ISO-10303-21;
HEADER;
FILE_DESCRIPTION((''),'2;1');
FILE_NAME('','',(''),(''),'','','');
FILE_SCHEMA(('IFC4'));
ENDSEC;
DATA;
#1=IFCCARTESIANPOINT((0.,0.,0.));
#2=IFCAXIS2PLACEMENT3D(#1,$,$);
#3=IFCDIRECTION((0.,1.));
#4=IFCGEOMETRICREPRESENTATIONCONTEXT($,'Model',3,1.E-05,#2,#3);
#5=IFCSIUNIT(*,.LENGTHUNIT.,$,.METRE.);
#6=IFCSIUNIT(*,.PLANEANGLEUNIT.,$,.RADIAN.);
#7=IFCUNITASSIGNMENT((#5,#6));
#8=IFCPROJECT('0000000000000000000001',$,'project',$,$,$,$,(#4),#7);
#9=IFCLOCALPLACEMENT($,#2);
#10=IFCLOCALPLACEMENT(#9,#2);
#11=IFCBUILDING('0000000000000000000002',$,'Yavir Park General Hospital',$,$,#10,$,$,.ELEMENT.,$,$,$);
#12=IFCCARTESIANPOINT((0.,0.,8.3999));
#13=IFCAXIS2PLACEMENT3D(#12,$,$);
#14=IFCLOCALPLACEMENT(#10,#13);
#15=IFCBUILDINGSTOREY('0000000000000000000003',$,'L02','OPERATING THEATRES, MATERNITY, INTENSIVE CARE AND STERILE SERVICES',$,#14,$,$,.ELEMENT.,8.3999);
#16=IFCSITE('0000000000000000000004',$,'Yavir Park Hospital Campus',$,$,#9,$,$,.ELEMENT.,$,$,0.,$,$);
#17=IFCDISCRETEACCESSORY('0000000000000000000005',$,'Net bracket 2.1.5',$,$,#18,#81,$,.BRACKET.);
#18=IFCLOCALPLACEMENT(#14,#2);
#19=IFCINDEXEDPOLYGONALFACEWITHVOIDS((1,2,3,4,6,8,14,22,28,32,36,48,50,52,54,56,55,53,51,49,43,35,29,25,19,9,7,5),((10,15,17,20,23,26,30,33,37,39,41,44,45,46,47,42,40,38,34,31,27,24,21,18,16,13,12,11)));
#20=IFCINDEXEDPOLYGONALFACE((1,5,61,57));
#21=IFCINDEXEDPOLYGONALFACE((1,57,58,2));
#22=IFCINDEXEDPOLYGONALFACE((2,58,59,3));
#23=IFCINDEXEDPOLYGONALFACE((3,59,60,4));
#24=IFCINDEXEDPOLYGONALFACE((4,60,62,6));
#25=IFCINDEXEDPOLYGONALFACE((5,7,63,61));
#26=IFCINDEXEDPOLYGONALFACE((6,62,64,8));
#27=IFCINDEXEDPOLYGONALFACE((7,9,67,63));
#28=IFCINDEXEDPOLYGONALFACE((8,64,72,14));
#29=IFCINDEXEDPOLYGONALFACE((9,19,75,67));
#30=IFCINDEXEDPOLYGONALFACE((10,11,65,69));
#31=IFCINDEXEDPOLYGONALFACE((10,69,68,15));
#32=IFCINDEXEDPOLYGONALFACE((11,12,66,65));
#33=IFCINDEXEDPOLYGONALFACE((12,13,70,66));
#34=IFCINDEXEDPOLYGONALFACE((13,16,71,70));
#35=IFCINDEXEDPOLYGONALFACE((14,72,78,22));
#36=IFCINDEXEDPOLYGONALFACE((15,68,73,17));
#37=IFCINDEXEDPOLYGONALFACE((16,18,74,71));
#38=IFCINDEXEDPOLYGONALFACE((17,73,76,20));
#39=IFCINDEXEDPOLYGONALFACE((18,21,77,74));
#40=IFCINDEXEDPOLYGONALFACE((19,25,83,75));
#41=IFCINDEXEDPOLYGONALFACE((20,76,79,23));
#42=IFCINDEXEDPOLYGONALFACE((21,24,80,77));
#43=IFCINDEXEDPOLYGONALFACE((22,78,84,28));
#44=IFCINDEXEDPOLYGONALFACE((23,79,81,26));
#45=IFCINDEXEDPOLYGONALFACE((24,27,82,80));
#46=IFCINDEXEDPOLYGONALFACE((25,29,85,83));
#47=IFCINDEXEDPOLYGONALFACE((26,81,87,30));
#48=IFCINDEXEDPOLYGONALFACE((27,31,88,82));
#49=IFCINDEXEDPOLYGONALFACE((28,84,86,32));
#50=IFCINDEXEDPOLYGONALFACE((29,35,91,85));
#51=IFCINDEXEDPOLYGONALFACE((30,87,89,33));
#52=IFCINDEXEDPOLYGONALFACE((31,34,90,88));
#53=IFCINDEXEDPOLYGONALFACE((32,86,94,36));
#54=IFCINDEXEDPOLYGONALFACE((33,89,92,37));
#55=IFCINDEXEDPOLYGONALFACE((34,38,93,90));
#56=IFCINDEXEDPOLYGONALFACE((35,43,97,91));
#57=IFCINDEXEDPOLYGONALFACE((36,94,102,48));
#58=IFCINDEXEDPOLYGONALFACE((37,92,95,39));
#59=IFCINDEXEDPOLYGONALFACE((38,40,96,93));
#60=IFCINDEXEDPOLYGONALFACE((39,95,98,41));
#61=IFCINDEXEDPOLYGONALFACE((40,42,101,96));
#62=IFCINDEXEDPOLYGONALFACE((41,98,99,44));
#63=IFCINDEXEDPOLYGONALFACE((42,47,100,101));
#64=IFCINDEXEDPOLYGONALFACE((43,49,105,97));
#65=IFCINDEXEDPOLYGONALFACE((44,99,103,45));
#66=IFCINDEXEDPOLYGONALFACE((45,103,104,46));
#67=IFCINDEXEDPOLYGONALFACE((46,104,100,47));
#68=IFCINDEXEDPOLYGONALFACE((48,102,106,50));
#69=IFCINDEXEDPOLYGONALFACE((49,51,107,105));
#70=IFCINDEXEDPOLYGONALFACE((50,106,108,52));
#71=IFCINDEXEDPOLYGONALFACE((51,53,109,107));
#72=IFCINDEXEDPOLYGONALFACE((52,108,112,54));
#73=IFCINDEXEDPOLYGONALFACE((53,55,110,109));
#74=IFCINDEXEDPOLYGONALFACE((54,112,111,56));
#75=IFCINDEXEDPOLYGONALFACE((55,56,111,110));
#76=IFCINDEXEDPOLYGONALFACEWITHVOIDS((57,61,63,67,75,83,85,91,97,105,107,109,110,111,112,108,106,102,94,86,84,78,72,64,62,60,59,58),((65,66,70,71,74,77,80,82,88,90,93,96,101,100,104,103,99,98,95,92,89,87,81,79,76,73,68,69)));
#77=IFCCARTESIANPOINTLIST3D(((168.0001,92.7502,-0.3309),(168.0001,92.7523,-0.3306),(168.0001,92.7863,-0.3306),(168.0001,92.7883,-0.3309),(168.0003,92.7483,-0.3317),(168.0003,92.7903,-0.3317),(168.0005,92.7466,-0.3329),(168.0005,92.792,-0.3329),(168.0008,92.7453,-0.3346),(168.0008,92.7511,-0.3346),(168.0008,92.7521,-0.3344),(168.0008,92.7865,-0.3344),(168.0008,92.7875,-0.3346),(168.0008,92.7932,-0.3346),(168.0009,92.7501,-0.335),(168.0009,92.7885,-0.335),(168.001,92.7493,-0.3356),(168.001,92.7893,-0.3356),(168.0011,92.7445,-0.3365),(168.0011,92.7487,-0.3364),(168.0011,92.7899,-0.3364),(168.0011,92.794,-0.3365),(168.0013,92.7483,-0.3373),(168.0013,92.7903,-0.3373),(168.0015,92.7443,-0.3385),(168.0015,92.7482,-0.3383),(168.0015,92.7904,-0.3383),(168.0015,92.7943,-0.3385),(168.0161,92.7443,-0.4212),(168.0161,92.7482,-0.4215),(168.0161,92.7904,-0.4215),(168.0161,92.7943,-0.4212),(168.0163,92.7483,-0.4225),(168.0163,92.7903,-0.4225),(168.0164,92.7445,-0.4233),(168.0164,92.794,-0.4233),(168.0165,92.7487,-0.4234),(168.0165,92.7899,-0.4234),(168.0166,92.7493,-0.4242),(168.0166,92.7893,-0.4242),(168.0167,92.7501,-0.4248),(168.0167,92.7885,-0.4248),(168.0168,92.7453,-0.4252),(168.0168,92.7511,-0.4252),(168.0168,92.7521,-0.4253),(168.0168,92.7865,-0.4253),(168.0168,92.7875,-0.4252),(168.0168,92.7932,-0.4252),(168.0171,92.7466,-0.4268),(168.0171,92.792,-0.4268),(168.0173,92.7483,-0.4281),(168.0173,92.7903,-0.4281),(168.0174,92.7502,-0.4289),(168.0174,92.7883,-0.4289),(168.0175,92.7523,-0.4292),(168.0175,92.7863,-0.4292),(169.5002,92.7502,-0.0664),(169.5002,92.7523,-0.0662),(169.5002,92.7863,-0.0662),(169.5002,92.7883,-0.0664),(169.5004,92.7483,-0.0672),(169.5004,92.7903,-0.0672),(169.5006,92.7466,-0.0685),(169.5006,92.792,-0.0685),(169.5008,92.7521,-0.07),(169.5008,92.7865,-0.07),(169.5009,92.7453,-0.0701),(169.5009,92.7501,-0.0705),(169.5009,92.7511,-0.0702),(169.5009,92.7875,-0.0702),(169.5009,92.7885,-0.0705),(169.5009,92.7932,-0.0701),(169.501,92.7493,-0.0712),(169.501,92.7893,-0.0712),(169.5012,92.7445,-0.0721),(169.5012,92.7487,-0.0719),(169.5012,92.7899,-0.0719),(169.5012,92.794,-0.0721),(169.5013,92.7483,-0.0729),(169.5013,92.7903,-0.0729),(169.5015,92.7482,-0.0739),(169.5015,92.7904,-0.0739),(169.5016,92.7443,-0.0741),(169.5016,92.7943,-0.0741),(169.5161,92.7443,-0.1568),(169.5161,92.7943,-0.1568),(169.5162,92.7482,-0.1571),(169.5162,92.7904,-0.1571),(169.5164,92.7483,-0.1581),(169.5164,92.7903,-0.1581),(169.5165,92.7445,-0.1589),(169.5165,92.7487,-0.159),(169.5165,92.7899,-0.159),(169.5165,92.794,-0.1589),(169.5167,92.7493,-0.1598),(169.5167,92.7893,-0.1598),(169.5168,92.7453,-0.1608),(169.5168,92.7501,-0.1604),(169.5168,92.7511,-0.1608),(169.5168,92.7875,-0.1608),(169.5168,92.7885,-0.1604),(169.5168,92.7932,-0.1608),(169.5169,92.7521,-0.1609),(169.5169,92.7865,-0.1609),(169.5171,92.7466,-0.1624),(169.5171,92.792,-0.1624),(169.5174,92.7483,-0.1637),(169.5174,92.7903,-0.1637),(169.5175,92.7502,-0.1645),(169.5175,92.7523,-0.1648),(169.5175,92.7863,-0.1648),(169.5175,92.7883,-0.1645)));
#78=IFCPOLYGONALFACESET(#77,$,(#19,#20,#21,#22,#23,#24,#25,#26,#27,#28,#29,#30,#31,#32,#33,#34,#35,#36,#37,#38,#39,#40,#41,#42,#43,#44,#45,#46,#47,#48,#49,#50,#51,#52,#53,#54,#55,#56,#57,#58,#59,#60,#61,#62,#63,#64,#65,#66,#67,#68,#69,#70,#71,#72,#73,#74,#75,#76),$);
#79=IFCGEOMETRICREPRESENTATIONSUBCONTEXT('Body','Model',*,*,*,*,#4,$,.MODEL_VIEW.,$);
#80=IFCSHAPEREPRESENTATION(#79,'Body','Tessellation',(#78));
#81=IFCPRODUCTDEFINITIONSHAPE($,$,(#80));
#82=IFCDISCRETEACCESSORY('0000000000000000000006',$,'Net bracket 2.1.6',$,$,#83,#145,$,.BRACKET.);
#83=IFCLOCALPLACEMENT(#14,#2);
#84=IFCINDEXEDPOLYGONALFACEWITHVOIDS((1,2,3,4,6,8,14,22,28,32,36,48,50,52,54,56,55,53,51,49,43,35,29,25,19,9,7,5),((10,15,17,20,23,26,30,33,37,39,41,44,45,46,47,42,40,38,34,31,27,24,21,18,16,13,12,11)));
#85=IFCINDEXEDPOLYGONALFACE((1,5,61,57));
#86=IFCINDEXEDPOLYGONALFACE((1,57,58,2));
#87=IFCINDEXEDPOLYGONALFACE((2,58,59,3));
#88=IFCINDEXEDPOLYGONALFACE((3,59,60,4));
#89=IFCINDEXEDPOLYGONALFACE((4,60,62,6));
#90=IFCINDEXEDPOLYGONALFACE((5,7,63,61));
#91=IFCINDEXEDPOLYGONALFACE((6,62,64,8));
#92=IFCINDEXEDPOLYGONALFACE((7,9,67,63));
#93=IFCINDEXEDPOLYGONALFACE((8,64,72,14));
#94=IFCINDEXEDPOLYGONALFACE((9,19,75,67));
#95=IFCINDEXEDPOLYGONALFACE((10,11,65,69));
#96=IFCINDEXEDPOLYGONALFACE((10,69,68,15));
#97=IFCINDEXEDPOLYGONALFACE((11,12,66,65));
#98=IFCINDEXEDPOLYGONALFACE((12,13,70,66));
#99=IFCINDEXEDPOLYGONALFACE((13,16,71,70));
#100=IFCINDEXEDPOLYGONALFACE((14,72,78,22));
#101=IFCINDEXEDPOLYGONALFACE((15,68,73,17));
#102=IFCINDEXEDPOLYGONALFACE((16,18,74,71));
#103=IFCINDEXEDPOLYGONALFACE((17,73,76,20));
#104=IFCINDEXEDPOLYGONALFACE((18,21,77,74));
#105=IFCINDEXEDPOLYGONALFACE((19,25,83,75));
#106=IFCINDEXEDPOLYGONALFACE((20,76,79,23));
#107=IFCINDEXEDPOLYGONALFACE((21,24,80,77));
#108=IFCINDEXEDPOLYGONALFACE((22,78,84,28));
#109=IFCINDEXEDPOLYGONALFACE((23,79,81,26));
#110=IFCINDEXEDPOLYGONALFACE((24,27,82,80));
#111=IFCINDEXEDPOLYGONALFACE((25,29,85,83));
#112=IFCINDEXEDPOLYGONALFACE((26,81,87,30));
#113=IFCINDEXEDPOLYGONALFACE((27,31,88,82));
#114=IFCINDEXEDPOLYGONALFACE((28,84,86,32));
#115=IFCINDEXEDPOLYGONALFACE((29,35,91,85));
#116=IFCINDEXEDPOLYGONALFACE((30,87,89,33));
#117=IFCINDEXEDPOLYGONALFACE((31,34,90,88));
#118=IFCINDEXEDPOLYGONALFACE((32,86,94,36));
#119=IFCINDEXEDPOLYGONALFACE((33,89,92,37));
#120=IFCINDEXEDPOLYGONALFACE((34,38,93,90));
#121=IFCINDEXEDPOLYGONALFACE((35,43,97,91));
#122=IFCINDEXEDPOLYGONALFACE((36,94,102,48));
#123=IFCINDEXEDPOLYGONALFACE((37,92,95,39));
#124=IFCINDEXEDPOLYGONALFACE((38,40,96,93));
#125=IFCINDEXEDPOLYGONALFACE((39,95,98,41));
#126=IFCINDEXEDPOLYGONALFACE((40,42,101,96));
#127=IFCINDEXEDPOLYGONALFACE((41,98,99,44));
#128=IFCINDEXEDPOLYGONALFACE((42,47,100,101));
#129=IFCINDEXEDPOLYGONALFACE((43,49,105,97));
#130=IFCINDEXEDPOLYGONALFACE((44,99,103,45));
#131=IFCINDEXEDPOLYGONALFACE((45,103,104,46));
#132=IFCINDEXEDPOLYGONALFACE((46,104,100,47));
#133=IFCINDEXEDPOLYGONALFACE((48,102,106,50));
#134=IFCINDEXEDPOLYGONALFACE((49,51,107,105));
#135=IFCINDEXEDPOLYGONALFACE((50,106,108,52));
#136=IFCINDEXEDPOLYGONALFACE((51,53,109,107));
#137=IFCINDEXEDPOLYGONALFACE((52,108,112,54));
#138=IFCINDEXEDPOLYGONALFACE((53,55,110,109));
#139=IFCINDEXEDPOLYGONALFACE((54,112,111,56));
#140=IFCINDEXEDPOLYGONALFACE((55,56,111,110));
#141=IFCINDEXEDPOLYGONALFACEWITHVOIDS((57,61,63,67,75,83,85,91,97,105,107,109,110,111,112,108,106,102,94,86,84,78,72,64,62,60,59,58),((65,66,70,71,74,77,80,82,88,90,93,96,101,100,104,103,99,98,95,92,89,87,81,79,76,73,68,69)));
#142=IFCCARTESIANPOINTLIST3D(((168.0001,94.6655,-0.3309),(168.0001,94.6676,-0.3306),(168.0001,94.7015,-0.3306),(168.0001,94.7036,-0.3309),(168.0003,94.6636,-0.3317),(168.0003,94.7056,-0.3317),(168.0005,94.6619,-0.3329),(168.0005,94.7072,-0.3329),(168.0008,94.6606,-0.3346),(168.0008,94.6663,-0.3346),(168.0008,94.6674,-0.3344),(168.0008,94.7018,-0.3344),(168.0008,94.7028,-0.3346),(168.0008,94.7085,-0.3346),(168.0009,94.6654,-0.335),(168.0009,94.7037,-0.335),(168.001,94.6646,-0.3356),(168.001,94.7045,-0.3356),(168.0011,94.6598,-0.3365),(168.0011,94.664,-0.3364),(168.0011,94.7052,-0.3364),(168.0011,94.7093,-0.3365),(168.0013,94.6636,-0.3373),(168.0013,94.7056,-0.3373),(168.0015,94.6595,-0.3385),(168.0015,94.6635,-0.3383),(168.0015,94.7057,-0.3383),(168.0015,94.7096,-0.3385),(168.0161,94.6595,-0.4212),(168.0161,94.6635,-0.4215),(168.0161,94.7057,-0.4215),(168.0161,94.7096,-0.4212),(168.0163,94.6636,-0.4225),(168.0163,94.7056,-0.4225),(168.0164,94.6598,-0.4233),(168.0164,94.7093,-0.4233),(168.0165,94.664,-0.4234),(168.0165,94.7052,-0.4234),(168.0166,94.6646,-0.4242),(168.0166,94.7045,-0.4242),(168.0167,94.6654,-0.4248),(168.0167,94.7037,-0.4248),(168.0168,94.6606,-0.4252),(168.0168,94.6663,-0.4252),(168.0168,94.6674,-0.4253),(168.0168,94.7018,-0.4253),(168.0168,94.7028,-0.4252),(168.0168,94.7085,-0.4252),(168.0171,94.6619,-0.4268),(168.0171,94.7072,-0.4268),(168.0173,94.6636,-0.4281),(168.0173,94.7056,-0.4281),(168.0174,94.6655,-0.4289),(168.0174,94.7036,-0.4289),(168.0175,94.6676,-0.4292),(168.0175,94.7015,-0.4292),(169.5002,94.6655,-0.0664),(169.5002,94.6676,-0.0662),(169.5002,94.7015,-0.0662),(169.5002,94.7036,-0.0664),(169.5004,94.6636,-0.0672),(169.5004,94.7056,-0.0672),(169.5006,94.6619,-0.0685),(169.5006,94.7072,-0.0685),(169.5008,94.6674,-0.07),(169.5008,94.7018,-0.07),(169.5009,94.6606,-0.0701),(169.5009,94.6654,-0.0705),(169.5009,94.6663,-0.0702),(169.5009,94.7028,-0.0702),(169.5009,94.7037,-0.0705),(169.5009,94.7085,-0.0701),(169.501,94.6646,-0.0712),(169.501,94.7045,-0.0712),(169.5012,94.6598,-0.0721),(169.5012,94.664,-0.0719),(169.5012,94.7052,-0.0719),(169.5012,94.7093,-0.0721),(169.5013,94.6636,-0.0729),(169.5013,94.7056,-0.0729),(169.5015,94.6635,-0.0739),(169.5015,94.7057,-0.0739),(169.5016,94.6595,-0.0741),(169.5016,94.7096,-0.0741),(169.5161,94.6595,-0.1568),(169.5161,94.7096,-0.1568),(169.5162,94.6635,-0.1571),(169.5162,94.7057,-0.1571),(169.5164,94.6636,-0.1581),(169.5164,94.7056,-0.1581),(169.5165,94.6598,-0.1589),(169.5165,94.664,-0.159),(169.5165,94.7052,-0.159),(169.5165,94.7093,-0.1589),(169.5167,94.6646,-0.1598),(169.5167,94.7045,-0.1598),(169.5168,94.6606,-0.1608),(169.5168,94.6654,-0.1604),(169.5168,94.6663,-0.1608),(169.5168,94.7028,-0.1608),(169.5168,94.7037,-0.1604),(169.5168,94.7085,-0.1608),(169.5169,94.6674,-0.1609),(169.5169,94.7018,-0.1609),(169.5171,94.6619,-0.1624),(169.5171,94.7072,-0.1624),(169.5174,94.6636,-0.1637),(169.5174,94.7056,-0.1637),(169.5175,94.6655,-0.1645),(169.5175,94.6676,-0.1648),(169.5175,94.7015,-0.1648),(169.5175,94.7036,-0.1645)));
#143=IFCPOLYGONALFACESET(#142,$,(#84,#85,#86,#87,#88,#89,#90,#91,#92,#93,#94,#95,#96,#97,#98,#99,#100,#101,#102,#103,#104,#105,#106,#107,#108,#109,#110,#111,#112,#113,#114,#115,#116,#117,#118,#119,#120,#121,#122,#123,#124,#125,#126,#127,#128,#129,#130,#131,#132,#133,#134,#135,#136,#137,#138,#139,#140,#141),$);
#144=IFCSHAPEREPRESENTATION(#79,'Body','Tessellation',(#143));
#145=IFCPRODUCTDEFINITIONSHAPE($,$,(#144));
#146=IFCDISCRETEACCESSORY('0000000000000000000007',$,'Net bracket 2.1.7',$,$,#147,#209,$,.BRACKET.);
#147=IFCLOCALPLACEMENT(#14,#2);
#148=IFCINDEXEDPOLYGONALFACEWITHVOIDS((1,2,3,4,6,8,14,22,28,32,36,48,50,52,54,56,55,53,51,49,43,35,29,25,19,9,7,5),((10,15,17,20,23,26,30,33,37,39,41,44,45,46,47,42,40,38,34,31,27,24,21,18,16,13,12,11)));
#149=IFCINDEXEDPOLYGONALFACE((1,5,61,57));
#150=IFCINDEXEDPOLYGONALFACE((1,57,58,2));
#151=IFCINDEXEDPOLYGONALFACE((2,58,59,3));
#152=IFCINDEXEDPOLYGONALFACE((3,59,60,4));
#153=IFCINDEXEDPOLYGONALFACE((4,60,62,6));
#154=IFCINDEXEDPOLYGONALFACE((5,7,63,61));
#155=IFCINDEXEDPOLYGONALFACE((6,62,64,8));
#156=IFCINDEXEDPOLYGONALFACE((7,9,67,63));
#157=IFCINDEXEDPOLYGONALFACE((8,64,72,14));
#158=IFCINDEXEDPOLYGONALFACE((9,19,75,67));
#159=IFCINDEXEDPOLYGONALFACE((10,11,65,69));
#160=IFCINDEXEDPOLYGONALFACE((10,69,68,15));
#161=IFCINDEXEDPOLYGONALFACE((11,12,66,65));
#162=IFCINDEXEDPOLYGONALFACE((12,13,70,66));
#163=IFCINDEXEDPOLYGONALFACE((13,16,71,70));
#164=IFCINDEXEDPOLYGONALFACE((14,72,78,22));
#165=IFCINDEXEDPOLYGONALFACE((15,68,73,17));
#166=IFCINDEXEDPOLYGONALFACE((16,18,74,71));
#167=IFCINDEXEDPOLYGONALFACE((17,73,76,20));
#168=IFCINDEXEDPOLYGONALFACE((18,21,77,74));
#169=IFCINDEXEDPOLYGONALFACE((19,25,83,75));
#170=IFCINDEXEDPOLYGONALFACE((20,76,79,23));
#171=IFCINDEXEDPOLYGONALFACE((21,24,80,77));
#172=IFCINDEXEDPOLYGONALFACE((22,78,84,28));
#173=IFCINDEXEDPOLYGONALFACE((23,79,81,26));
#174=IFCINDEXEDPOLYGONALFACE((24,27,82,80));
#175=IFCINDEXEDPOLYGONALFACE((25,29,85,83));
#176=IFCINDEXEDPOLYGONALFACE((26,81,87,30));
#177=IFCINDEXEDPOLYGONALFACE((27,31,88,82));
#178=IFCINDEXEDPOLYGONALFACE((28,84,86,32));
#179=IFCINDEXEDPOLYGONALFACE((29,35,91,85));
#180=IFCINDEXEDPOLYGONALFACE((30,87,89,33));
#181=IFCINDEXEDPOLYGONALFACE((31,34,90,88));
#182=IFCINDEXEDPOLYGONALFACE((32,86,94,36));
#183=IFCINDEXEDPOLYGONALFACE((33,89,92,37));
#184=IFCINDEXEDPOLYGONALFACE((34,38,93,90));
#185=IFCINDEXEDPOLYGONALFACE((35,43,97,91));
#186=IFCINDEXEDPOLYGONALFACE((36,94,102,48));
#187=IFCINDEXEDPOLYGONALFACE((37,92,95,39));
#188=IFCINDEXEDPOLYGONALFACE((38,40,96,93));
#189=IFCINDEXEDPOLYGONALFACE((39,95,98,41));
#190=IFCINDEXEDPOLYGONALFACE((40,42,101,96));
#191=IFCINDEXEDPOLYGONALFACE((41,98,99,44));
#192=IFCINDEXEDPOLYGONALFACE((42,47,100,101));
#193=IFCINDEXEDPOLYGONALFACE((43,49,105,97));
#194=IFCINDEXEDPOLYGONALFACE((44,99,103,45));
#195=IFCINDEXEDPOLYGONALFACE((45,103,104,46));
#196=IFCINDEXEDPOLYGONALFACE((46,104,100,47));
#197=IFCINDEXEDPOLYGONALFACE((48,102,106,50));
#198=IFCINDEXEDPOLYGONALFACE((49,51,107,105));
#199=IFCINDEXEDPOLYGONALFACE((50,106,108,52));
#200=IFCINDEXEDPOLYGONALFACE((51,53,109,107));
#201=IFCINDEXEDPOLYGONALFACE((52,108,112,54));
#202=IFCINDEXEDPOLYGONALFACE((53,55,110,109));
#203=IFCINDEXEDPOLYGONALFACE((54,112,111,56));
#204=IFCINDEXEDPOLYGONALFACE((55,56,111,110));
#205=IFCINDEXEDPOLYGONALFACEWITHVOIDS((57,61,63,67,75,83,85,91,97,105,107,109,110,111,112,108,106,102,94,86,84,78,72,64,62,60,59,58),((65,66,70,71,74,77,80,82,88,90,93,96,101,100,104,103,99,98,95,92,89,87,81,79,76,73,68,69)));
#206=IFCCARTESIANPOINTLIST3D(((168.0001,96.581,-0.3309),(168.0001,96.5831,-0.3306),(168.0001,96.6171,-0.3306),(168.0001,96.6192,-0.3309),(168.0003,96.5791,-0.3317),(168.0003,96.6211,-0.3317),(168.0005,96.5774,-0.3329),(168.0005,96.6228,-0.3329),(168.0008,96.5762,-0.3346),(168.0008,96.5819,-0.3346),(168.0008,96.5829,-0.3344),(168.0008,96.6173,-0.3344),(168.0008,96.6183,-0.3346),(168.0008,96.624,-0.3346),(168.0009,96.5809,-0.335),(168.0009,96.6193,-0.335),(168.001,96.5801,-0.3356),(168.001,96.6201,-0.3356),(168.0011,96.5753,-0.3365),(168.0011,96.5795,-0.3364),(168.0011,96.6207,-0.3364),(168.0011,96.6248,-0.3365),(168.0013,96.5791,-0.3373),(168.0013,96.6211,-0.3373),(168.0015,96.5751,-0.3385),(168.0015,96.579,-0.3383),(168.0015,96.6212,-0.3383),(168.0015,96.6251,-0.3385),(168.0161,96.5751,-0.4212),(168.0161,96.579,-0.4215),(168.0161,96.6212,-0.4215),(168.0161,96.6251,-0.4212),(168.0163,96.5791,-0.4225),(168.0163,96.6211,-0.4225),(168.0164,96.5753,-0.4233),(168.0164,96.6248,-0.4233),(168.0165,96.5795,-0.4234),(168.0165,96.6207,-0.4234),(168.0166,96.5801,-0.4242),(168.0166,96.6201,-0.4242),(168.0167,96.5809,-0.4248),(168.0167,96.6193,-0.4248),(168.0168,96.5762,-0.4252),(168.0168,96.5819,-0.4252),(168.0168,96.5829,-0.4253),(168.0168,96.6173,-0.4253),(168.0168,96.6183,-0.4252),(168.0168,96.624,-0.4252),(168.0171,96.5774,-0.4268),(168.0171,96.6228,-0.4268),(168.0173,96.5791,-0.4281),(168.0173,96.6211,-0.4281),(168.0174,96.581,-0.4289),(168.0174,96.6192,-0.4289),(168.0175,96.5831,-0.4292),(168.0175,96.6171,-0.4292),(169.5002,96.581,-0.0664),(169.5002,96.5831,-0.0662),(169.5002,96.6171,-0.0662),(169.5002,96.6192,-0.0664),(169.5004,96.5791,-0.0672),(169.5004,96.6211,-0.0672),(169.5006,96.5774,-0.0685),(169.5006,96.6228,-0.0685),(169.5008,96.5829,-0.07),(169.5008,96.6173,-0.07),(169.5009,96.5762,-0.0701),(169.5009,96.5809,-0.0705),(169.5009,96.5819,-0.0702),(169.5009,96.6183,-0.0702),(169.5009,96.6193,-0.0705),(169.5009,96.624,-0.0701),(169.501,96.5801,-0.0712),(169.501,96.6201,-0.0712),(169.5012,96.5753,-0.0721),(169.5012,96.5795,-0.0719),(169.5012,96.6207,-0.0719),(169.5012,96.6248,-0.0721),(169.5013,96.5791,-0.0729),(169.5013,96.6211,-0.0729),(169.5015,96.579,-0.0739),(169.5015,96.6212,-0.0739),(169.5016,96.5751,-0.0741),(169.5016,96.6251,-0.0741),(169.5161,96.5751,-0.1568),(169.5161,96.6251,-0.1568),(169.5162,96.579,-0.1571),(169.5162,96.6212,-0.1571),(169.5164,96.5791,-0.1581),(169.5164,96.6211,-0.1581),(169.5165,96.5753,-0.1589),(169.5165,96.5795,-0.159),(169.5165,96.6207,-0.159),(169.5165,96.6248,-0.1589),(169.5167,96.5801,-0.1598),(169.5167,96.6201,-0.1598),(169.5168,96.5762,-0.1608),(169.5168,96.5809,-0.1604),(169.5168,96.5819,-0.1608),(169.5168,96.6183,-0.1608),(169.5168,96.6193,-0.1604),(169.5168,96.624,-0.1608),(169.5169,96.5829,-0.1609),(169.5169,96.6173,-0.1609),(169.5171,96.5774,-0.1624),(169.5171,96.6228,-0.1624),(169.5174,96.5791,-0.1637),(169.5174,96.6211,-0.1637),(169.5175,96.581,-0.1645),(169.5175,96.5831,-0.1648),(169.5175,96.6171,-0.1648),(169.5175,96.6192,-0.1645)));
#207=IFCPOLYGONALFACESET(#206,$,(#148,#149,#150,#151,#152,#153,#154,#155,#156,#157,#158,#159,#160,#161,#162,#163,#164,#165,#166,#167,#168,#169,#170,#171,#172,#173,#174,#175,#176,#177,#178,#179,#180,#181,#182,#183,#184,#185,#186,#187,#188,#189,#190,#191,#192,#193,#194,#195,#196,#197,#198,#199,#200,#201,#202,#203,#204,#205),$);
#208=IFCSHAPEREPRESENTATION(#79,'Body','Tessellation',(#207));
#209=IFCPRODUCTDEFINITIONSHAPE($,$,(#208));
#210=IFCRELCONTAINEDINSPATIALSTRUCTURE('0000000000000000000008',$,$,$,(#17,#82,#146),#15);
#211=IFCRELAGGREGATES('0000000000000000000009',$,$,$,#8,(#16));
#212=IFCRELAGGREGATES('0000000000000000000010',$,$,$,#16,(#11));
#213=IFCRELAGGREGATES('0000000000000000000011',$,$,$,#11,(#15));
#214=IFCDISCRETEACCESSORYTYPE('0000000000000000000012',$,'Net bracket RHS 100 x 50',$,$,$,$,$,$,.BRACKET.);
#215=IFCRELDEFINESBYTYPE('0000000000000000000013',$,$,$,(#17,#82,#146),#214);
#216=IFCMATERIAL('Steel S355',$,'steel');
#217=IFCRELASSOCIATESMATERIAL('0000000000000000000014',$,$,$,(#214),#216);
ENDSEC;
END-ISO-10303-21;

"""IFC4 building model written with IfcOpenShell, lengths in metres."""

from ifc_helpers import new_model, si_unit, direction, frame, origin, origin_2d, place, context, subcontext, project, spatial, hollow_rectangle, extrude, material, material_profile, profile_set, type_object, element, save


model = new_model("IFC4")

# Units and contexts
model_context = context("Model", 3, precision=1e-05, world=origin(), true_north=direction((0.0, 1.0)))
body_context = subcontext(model_context, "Body", "Model", "MODEL_VIEW")
ifc_project = project(units=[si_unit("LENGTHUNIT", "METRE"), si_unit("PLANEANGLEUNIT", "RADIAN")], contexts=[model_context])

# Site, building, storey
site_placement = place(None, origin())
site = spatial("IfcSite", under=ifc_project, at=site_placement, Name="Yavir Park Hospital Campus", CompositionType="ELEMENT", RefElevation=0.0)
building_placement = place(site_placement, origin())
building = spatial("IfcBuilding", under=site, at=building_placement, Name="Yavir Park General Hospital", CompositionType="ELEMENT")
storey_placement = place(building_placement, frame((0.0, 0.0, 8.3999)))
storey = spatial("IfcBuildingStorey", under=building, at=storey_placement, Name="L02", Description="OPERATING THEATRES, MATERNITY, INTENSIVE CARE AND STERILE SERVICES", CompositionType="ELEMENT", Elevation=8.3999)

# Discrete accessories
ifc_material_1 = material(Name="Steel S355", Category="steel")
ifc_material_profile = material_profile(ifc_material_1, hollow_rectangle(XDim=0.05, YDim=0.1001, WallThickness=0.0039, InnerFilletRadius=0.0039, OuterFilletRadius=0.0081, at=origin_2d()), Name="RHS100x50x4")
ifc_profile_set = profile_set([ifc_material_profile], Name="Steel S355")
discrete_accessory_type_1 = type_object("IfcDiscreteAccessoryType", Name="Net bracket RHS 100 x 50", PredefinedType="BRACKET", material=ifc_profile_set)
for number, where, z_axis, x_axis, name in (
    (1, (168.0088, 92.7693, -0.3799), (0.984817, 0.0, 0.173593), (0.0, 1.0, 0.0), "Net bracket 2.1.5"),
    (2, (168.0088, 94.6846, -0.3799), (0.984817, 0.0, 0.173593), (0.0, 1.0, 0.0), "Net bracket 2.1.6"),
    (3, (168.0088, 96.6001, -0.3799), (0.984817, 0.0, 0.173593), (0.0, 1.0, 0.0), "Net bracket 2.1.7"),
):
    element("IfcDiscreteAccessory", number, at=place(storey_placement, frame(where, z_axis=z_axis, x_axis=x_axis)), inside=storey, type_object=discrete_accessory_type_1, Name=name, PredefinedType="BRACKET", context=body_context, shape_type="SweptSolid", body=[
        extrude(hollow_rectangle(XDim=0.05, YDim=0.1001, WallThickness=0.0039, InnerFilletRadius=0.0039, OuterFilletRadius=0.0081, at=origin_2d()), origin(), (0.0, 0.0, 1.0), 1.5232),
    ])

save(model, "model.ifc")
